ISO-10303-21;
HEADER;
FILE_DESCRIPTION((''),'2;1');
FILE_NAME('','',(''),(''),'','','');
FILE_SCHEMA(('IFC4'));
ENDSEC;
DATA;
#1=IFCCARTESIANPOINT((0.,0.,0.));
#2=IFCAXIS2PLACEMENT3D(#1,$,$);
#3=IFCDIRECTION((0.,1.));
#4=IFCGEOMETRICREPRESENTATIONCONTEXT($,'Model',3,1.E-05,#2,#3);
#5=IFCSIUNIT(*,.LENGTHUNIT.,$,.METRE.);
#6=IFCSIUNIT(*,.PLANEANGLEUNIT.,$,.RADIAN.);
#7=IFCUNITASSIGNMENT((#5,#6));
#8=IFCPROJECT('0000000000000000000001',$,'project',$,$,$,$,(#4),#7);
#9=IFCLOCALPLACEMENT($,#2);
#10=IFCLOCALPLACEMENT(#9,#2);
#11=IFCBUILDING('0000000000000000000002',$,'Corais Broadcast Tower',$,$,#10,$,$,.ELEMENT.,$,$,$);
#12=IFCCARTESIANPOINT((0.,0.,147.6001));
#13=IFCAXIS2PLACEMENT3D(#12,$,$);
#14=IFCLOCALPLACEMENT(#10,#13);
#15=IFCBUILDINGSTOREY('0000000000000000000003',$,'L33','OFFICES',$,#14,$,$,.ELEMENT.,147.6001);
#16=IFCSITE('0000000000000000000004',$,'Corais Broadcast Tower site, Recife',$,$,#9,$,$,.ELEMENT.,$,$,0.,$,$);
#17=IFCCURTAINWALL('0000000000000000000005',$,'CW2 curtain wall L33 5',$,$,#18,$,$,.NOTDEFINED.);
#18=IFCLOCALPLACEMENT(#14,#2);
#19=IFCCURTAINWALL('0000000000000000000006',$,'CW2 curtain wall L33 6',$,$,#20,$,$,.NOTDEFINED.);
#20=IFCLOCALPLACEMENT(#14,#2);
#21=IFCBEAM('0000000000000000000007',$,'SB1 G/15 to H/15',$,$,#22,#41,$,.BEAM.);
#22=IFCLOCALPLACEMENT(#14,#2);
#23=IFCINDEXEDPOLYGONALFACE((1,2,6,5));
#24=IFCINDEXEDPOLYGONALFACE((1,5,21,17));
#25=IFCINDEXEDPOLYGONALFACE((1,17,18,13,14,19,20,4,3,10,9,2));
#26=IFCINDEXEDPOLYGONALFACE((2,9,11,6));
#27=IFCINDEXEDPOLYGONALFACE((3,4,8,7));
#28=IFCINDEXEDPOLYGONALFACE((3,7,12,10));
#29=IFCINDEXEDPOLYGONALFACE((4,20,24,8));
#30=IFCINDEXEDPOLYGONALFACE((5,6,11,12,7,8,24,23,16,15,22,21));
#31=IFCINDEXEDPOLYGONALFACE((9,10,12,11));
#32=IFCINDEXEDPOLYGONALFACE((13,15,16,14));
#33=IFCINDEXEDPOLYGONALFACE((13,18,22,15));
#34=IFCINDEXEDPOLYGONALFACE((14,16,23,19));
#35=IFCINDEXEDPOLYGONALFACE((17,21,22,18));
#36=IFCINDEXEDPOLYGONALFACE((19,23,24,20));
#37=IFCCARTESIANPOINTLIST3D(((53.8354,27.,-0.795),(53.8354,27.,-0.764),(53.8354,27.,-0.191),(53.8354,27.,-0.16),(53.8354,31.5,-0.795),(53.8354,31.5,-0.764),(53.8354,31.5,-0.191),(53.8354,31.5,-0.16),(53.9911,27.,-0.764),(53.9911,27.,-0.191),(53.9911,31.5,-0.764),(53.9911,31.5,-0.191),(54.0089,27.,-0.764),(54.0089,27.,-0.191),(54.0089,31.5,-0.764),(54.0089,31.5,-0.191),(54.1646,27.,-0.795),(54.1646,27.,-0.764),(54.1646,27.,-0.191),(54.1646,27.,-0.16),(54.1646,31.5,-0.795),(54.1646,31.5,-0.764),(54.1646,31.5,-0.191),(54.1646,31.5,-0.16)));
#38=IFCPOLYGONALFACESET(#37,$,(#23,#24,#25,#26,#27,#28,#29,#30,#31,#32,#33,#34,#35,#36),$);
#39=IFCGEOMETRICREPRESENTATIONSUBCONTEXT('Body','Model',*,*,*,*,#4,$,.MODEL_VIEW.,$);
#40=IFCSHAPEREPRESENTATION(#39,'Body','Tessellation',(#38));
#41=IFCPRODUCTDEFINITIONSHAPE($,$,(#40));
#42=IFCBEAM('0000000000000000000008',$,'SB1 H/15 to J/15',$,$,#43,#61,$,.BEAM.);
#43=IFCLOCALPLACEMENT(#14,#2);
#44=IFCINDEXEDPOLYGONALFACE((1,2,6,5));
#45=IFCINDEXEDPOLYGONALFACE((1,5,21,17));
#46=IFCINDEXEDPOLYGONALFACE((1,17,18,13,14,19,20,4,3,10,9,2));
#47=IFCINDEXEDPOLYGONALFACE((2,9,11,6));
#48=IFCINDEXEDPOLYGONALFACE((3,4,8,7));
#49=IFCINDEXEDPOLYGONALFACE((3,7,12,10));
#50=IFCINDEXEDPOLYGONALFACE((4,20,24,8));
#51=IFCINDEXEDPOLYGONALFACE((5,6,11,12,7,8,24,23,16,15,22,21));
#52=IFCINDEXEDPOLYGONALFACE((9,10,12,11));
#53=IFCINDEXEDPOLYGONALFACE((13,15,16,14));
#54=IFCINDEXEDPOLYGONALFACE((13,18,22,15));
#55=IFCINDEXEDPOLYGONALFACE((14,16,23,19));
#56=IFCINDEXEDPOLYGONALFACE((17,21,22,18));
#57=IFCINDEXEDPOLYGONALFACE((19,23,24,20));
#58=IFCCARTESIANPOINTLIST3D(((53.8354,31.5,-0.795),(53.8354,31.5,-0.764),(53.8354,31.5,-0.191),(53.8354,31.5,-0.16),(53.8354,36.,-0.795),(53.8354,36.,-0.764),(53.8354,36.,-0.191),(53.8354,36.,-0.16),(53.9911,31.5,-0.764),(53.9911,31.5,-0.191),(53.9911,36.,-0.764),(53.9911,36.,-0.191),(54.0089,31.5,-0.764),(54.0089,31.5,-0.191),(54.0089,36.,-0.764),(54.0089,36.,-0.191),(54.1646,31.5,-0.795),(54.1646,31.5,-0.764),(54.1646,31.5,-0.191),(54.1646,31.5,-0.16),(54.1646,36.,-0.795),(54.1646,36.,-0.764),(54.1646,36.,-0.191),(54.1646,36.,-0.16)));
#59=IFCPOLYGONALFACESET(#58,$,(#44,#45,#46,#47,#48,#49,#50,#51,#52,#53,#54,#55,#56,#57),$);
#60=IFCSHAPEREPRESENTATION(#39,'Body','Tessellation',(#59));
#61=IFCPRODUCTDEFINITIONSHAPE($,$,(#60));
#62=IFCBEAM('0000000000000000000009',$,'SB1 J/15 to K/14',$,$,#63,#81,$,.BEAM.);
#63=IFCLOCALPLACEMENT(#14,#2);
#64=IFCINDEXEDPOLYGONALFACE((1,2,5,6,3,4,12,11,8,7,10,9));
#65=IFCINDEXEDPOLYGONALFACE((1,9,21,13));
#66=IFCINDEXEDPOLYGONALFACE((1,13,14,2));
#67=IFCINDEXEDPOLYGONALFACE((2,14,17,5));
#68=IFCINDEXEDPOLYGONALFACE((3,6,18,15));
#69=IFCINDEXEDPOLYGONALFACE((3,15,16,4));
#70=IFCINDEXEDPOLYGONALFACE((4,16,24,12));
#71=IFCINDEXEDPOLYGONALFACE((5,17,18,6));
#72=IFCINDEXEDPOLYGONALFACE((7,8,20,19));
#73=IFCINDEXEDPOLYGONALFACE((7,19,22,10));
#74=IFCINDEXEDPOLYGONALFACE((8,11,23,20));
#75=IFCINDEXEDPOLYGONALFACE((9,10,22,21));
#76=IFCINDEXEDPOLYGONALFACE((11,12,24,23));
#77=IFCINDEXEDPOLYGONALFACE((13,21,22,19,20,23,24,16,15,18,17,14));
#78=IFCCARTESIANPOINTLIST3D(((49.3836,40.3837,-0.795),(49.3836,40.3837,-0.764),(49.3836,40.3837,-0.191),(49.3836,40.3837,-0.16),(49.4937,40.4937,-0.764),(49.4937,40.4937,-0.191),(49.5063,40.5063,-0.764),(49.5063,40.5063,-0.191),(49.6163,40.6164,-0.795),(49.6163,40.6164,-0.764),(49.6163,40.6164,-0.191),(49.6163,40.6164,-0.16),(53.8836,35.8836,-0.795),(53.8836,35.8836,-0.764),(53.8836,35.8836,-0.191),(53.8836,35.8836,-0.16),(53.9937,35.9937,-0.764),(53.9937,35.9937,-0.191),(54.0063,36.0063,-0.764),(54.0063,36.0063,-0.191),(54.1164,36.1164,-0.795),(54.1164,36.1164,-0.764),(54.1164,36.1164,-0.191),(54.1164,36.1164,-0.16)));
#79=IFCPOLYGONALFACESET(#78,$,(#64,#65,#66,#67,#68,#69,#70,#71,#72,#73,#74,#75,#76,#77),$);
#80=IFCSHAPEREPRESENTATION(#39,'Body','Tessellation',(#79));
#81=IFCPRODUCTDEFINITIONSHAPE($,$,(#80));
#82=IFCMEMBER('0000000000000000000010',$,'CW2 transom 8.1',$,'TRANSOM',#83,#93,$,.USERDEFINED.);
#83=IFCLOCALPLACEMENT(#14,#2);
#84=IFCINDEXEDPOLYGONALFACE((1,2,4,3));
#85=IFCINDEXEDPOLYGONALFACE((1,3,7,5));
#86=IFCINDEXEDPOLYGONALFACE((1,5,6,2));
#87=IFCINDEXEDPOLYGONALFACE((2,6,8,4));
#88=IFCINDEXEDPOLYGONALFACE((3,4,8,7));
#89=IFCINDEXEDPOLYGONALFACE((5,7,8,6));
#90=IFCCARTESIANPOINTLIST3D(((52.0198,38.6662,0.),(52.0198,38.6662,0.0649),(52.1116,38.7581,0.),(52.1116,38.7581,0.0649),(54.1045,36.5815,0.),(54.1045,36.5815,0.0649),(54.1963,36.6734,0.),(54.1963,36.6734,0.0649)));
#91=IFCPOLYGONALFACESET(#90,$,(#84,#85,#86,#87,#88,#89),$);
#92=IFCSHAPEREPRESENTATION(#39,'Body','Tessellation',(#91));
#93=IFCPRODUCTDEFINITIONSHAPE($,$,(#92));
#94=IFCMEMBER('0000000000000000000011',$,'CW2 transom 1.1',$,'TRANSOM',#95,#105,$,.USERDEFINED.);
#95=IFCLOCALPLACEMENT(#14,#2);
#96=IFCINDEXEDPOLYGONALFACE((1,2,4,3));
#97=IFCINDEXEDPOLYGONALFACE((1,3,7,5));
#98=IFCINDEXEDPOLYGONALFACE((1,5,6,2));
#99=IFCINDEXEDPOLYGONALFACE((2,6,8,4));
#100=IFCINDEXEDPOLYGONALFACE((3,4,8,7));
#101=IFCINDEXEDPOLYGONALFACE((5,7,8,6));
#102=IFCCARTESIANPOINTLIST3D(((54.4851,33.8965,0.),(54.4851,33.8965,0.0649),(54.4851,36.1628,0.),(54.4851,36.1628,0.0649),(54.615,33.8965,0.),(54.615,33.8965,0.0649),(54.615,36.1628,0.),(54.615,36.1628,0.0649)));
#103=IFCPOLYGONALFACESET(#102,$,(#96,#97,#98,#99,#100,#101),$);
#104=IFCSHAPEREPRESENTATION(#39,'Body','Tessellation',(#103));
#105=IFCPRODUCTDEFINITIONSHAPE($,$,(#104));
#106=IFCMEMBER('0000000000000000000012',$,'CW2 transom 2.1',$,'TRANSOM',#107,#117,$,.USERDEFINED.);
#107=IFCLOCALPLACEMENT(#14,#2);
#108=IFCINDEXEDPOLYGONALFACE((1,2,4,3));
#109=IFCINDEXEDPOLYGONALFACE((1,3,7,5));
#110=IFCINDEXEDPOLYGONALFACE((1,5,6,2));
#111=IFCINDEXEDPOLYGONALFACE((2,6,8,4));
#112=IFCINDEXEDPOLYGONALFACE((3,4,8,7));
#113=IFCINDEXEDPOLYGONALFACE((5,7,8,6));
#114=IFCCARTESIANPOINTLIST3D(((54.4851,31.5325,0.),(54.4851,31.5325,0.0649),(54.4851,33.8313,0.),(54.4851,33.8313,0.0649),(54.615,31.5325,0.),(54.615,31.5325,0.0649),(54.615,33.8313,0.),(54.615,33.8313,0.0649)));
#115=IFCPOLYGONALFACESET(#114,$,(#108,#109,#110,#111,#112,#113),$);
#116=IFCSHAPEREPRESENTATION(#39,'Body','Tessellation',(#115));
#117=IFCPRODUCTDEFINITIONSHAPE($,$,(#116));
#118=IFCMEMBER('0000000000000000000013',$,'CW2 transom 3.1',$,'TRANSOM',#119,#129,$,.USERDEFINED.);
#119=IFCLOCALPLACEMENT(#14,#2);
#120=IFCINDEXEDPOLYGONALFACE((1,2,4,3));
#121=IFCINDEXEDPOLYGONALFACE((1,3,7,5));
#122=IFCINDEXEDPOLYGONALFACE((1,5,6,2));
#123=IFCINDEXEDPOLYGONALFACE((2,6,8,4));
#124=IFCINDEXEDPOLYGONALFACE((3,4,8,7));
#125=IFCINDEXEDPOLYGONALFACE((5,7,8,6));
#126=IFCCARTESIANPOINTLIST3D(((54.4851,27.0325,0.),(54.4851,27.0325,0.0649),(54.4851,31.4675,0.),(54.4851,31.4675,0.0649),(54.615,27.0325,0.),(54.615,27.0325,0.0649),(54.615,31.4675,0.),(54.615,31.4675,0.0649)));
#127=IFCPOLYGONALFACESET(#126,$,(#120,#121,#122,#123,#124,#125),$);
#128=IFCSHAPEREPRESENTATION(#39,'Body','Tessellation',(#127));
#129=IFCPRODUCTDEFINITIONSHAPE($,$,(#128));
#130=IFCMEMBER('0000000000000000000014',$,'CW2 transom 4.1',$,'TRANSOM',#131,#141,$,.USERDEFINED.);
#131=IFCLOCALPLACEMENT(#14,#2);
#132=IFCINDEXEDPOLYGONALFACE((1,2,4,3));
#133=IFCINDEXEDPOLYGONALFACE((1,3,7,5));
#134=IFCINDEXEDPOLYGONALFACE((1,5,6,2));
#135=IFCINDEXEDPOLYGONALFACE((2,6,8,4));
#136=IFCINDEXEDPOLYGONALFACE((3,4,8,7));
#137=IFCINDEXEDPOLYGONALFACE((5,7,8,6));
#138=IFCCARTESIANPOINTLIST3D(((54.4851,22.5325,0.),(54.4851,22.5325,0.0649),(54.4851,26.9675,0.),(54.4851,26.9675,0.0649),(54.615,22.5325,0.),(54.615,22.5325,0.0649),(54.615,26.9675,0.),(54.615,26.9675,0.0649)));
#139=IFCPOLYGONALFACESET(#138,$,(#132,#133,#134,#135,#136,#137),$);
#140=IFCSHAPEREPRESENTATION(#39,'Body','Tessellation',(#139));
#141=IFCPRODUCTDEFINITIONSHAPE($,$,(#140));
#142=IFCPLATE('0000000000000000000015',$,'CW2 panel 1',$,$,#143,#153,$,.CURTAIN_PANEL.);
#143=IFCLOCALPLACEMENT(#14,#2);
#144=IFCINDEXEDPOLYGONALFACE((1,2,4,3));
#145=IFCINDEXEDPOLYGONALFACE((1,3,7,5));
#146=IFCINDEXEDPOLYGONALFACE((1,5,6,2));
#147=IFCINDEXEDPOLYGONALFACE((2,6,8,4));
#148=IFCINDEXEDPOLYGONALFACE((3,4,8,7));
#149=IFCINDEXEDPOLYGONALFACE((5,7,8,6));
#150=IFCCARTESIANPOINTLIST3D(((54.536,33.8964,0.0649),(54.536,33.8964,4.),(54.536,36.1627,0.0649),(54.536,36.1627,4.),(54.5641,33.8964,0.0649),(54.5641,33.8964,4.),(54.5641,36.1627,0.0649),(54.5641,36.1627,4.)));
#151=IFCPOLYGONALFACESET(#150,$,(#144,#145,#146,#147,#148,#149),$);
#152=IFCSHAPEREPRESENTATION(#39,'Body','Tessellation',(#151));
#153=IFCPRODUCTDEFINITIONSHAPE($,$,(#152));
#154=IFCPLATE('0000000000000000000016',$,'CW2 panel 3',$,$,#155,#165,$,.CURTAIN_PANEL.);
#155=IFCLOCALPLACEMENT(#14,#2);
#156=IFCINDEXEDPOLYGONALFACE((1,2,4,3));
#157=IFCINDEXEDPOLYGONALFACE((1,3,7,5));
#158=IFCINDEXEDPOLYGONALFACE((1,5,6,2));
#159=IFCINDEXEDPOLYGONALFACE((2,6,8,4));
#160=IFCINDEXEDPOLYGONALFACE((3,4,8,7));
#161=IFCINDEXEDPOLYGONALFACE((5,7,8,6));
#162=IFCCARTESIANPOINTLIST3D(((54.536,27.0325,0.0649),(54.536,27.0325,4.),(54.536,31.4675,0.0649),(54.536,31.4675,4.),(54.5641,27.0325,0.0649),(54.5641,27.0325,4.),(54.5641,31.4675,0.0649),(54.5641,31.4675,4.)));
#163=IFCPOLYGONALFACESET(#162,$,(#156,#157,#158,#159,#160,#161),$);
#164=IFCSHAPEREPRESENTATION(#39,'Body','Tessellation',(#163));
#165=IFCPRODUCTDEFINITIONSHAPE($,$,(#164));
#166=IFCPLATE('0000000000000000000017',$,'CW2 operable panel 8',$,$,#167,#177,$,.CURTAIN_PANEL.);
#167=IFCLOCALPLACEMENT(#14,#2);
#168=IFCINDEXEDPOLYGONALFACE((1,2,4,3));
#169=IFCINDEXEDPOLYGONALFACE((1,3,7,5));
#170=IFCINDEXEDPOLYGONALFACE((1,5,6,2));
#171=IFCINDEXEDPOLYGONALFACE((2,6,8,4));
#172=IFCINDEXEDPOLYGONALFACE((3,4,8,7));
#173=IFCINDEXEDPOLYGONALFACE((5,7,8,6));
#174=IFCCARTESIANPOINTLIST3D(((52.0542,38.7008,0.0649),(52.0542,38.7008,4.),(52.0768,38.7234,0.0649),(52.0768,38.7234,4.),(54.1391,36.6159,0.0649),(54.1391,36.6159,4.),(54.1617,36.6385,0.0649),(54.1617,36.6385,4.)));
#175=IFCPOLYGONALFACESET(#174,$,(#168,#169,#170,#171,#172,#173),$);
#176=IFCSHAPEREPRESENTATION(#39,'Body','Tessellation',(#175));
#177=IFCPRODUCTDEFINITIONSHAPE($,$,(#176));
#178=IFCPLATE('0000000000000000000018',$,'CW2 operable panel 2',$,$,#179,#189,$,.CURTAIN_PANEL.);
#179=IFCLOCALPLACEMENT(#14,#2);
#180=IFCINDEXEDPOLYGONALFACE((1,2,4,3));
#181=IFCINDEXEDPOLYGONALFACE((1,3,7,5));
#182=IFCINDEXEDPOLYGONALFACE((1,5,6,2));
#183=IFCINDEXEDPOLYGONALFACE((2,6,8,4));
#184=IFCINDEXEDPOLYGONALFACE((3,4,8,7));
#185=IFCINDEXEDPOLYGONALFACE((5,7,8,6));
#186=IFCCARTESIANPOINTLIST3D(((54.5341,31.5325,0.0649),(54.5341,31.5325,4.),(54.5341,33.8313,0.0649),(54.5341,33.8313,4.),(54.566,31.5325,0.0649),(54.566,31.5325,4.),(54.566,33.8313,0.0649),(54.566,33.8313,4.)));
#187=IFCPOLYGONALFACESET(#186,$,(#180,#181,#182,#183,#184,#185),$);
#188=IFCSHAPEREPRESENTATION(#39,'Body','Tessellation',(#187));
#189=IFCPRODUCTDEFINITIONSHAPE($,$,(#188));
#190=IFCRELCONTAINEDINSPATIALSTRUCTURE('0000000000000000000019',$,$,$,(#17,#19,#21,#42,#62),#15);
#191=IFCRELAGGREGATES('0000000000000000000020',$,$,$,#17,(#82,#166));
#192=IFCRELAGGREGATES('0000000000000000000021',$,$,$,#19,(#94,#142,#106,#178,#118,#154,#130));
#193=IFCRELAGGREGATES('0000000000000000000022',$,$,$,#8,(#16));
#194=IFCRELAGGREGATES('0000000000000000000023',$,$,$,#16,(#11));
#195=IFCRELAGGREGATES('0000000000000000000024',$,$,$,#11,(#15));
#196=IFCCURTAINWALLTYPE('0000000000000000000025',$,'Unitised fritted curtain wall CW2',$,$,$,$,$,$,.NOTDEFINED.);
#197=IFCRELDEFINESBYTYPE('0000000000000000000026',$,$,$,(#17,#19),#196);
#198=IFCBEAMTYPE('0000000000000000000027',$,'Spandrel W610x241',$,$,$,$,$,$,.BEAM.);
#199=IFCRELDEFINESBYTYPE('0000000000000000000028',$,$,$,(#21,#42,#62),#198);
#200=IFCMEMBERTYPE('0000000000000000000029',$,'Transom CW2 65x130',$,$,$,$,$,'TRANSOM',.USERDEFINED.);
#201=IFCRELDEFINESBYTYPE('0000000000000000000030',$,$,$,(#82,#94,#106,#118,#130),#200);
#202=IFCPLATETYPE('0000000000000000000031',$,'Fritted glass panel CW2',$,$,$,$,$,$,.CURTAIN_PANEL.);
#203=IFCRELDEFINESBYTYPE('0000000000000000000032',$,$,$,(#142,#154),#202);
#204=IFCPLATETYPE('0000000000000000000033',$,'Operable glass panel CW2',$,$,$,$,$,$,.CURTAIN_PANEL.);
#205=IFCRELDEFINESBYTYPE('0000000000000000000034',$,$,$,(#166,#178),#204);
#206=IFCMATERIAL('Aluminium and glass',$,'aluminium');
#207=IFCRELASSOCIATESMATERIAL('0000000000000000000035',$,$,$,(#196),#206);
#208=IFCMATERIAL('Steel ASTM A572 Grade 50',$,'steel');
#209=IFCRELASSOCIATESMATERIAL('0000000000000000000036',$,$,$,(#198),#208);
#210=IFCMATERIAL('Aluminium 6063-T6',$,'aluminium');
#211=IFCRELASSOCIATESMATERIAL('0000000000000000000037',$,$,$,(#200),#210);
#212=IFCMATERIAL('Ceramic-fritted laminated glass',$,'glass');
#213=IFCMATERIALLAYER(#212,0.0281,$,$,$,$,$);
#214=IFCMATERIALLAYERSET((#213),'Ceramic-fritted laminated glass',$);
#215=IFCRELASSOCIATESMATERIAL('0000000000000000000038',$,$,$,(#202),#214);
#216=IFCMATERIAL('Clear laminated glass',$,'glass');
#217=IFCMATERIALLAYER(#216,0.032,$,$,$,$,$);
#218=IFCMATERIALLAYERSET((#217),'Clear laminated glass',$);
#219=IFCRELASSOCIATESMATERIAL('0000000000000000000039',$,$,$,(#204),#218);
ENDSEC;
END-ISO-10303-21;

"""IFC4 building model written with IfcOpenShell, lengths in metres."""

from ifc_helpers import new_model, si_unit, direction, frame, origin, origin_2d, place, context, subcontext, project, spatial, rectangle, i_section, extrude, material, layer, layer_set, material_profile, profile_set, type_object, element, aggregate, save


model = new_model("IFC4")

# Units and contexts
model_context = context("Model", 3, precision=1e-05, world=origin(), true_north=direction((0.0, 1.0)))
body_context = subcontext(model_context, "Body", "Model", "MODEL_VIEW")
ifc_project = project(units=[si_unit("LENGTHUNIT", "METRE"), si_unit("PLANEANGLEUNIT", "RADIAN")], contexts=[model_context])

# Site, building, storey
site_placement = place(None, origin())
site = spatial("IfcSite", under=ifc_project, at=site_placement, Name="Corais Broadcast Tower site, Recife", CompositionType="ELEMENT", RefElevation=0.0)
building_placement = place(site_placement, origin())
building = spatial("IfcBuilding", under=site, at=building_placement, Name="Corais Broadcast Tower", CompositionType="ELEMENT")
storey_placement = place(building_placement, frame((0.0, 0.0, 147.6001)))
storey = spatial("IfcBuildingStorey", under=building, at=storey_placement, Name="L33", Description="OFFICES", CompositionType="ELEMENT", Elevation=147.6001)

# Curtain walls
ifc_material_1 = material(Name="Aluminium and glass", Category="aluminium")
curtain_wall_type = type_object("IfcCurtainWallType", Name="Unitised fritted curtain wall CW2", PredefinedType="NOTDEFINED", material=ifc_material_1)
curtain_wall_1_placement = place(storey_placement, origin())
curtain_wall_1 = element("IfcCurtainWall", 1, at=curtain_wall_1_placement, inside=storey, type_object=curtain_wall_type, Name="CW2 curtain wall L33 5", PredefinedType="NOTDEFINED")
curtain_wall_2_placement = place(storey_placement, origin())
curtain_wall_2 = element("IfcCurtainWall", 2, at=curtain_wall_2_placement, inside=storey, type_object=curtain_wall_type, Name="CW2 curtain wall L33 6", PredefinedType="NOTDEFINED")

# Beams
ifc_material_2 = material(Name="Steel ASTM A572 Grade 50", Category="steel")
ifc_material_profile_1 = material_profile(ifc_material_2, i_section(OverallWidth=0.3291, OverallDepth=0.635, WebThickness=0.0178, FlangeThickness=0.031, at=origin_2d()), Name="W610x241")
ifc_profile_set_1 = profile_set([ifc_material_profile_1], Name="Steel ASTM A572 Grade 50")
beam_type_1 = type_object("IfcBeamType", Name="Spandrel W610x241", PredefinedType="BEAM", material=ifc_profile_set_1)
for number, where, z_axis, x_axis, name in (
    (3, (54.0, 27.0, -0.4775), (0.0, 1.0, 0.0), (-1.0, 0.0, 0.0), "SB1 G/15 to H/15"),
    (4, (54.0, 31.5, -0.4775), (0.0, 1.0, 0.0), (-1.0, 0.0, 0.0), "SB1 H/15 to J/15"),
):
    element("IfcBeam", number, at=place(storey_placement, frame(where, z_axis=z_axis, x_axis=x_axis)), inside=storey, type_object=beam_type_1, Name=name, PredefinedType="BEAM", context=body_context, shape_type="SweptSolid", body=[
        extrude(i_section(OverallWidth=0.3291, OverallDepth=0.635, WebThickness=0.0178, FlangeThickness=0.031, at=origin_2d()), origin(), (0.0, 0.0, 1.0), 4.5),
    ])
beam_placement = place(storey_placement, frame((54.0, 36.0, -0.4775), z_axis=(-0.707107, 0.707107, 0.0), x_axis=(-0.707107, -0.707107, 0.0)))
element("IfcBeam", 5, at=beam_placement, inside=storey, type_object=beam_type_1, Name="SB1 J/15 to K/14", PredefinedType="BEAM", context=body_context, shape_type="SweptSolid", body=[
    extrude(i_section(OverallWidth=0.3291, OverallDepth=0.635, WebThickness=0.0178, FlangeThickness=0.031, at=origin_2d()), origin(), (0.0, 0.0, 1.0), 6.364),
])

# Members
ifc_material_3 = material(Name="Aluminium 6063-T6", Category="aluminium")
ifc_material_profile_2 = material_profile(ifc_material_3, rectangle(XDim=0.1299, YDim=0.0649, at=origin_2d()), Name="Transom CW2 65x130")
ifc_profile_set_2 = profile_set([ifc_material_profile_2], Name="Aluminium 6063-T6")
member_type_1 = type_object("IfcMemberType", Name="Transom CW2 65x130", ElementType="TRANSOM", PredefinedType="USERDEFINED", material=ifc_profile_set_2)
member_1_placement = place(storey_placement, frame((52.0657, 38.7122, 0.0325), z_axis=(0.707107, -0.707107, 0.0), x_axis=(0.707107, 0.707107, 0.0)))
member_1 = element("IfcMember", 6, at=member_1_placement, type_object=member_type_1, Name="CW2 transom 8.1", ObjectType="TRANSOM", PredefinedType="USERDEFINED", context=body_context, shape_type="SweptSolid", body=[
    extrude(rectangle(XDim=0.1299, YDim=0.0649, at=origin_2d()), origin(), (0.0, 0.0, 1.0), 2.9482),
])
member_2_placement = place(storey_placement, frame((54.55, 36.1628, 0.0325), z_axis=(0.0, -1.0, 0.0), x_axis=(1.0, 0.0, 0.0)))
member_2 = element("IfcMember", 7, at=member_2_placement, type_object=member_type_1, Name="CW2 transom 1.1", ObjectType="TRANSOM", PredefinedType="USERDEFINED", context=body_context, shape_type="SweptSolid", body=[
    extrude(rectangle(XDim=0.1299, YDim=0.0649, at=origin_2d()), origin(), (0.0, 0.0, 1.0), 2.2664),
])
member_3_placement = place(storey_placement, frame((54.55, 33.8313, 0.0325), z_axis=(0.0, -1.0, 0.0), x_axis=(1.0, 0.0, 0.0)))
member_3 = element("IfcMember", 8, at=member_3_placement, type_object=member_type_1, Name="CW2 transom 2.1", ObjectType="TRANSOM", PredefinedType="USERDEFINED", context=body_context, shape_type="SweptSolid", body=[
    extrude(rectangle(XDim=0.1299, YDim=0.0649, at=origin_2d()), origin(), (0.0, 0.0, 1.0), 2.2988),
])
member_4_placement = place(storey_placement, frame((54.55, 31.4675, 0.0325), z_axis=(0.0, -1.0, 0.0), x_axis=(1.0, 0.0, 0.0)))
member_4 = element("IfcMember", 9, at=member_4_placement, type_object=member_type_1, Name="CW2 transom 3.1", ObjectType="TRANSOM", PredefinedType="USERDEFINED", context=body_context, shape_type="SweptSolid", body=[
    extrude(rectangle(XDim=0.1299, YDim=0.0649, at=origin_2d()), origin(), (0.0, 0.0, 1.0), 4.4351),
])
member_5_placement = place(storey_placement, frame((54.55, 26.9675, 0.0325), z_axis=(0.0, -1.0, 0.0), x_axis=(1.0, 0.0, 0.0)))
member_5 = element("IfcMember", 10, at=member_5_placement, type_object=member_type_1, Name="CW2 transom 4.1", ObjectType="TRANSOM", PredefinedType="USERDEFINED", context=body_context, shape_type="SweptSolid", body=[
    extrude(rectangle(XDim=0.1299, YDim=0.0649, at=origin_2d()), origin(), (0.0, 0.0, 1.0), 4.4351),
])

# Plates
ifc_material_4 = material(Name="Ceramic-fritted laminated glass", Category="glass")
ifc_layer_1 = layer(ifc_material_4, 0.0281)
ifc_layer_set_1 = layer_set([ifc_layer_1], Name="Ceramic-fritted laminated glass")
plate_type_1 = type_object("IfcPlateType", Name="Fritted glass panel CW2", PredefinedType="CURTAIN_PANEL", material=ifc_layer_set_1)
plate_1_placement = place(storey_placement, frame((54.55, 35.0295, 0.0649), z_axis=(0.0, 0.0, 1.0), x_axis=(0.0, -1.0, 0.0)))
plate_1 = element("IfcPlate", 11, at=plate_1_placement, type_object=plate_type_1, Name="CW2 panel 1", PredefinedType="CURTAIN_PANEL", context=body_context, shape_type="SweptSolid", body=[
    extrude(rectangle(XDim=2.2664, YDim=0.0281, at=origin_2d()), origin(), (0.0, 0.0, 1.0), 3.9351),
])
plate_2_placement = place(storey_placement, frame((54.55, 29.25, 0.0649), z_axis=(0.0, 0.0, 1.0), x_axis=(0.0, -1.0, 0.0)))
plate_2 = element("IfcPlate", 12, at=plate_2_placement, type_object=plate_type_1, Name="CW2 panel 3", PredefinedType="CURTAIN_PANEL", context=body_context, shape_type="SweptSolid", body=[
    extrude(rectangle(XDim=4.4351, YDim=0.0281, at=origin_2d()), origin(), (0.0, 0.0, 1.0), 3.9351),
])
ifc_material_5 = material(Name="Clear laminated glass", Category="glass")
ifc_layer_2 = layer(ifc_material_5, 0.032)
ifc_layer_set_2 = layer_set([ifc_layer_2], Name="Clear laminated glass")
plate_type_2 = type_object("IfcPlateType", Name="Operable glass panel CW2", PredefinedType="CURTAIN_PANEL", material=ifc_layer_set_2)
plate_3_placement = place(storey_placement, frame((53.1079, 37.6697, 0.0649), z_axis=(0.0, 0.0, 1.0), x_axis=(0.707107, -0.707107, 0.0)))
plate_3 = element("IfcPlate", 13, at=plate_3_placement, type_object=plate_type_2, Name="CW2 operable panel 8", PredefinedType="CURTAIN_PANEL", context=body_context, shape_type="SweptSolid", body=[
    extrude(rectangle(XDim=2.9485, YDim=0.032, at=origin_2d()), origin(), (0.0, 0.0, 1.0), 3.9351),
])
aggregate(curtain_wall_1, [member_1, plate_3])
plate_4_placement = place(storey_placement, frame((54.55, 32.6819, 0.0649), z_axis=(0.0, 0.0, 1.0), x_axis=(0.0, -1.0, 0.0)))
plate_4 = element("IfcPlate", 14, at=plate_4_placement, type_object=plate_type_2, Name="CW2 operable panel 2", PredefinedType="CURTAIN_PANEL", context=body_context, shape_type="SweptSolid", body=[
    extrude(rectangle(XDim=2.2988, YDim=0.032, at=origin_2d()), origin(), (0.0, 0.0, 1.0), 3.9351),
])
aggregate(curtain_wall_2, [member_2, plate_1, member_3, plate_4, member_4, plate_2, member_5])

save(model, "model.ifc")
